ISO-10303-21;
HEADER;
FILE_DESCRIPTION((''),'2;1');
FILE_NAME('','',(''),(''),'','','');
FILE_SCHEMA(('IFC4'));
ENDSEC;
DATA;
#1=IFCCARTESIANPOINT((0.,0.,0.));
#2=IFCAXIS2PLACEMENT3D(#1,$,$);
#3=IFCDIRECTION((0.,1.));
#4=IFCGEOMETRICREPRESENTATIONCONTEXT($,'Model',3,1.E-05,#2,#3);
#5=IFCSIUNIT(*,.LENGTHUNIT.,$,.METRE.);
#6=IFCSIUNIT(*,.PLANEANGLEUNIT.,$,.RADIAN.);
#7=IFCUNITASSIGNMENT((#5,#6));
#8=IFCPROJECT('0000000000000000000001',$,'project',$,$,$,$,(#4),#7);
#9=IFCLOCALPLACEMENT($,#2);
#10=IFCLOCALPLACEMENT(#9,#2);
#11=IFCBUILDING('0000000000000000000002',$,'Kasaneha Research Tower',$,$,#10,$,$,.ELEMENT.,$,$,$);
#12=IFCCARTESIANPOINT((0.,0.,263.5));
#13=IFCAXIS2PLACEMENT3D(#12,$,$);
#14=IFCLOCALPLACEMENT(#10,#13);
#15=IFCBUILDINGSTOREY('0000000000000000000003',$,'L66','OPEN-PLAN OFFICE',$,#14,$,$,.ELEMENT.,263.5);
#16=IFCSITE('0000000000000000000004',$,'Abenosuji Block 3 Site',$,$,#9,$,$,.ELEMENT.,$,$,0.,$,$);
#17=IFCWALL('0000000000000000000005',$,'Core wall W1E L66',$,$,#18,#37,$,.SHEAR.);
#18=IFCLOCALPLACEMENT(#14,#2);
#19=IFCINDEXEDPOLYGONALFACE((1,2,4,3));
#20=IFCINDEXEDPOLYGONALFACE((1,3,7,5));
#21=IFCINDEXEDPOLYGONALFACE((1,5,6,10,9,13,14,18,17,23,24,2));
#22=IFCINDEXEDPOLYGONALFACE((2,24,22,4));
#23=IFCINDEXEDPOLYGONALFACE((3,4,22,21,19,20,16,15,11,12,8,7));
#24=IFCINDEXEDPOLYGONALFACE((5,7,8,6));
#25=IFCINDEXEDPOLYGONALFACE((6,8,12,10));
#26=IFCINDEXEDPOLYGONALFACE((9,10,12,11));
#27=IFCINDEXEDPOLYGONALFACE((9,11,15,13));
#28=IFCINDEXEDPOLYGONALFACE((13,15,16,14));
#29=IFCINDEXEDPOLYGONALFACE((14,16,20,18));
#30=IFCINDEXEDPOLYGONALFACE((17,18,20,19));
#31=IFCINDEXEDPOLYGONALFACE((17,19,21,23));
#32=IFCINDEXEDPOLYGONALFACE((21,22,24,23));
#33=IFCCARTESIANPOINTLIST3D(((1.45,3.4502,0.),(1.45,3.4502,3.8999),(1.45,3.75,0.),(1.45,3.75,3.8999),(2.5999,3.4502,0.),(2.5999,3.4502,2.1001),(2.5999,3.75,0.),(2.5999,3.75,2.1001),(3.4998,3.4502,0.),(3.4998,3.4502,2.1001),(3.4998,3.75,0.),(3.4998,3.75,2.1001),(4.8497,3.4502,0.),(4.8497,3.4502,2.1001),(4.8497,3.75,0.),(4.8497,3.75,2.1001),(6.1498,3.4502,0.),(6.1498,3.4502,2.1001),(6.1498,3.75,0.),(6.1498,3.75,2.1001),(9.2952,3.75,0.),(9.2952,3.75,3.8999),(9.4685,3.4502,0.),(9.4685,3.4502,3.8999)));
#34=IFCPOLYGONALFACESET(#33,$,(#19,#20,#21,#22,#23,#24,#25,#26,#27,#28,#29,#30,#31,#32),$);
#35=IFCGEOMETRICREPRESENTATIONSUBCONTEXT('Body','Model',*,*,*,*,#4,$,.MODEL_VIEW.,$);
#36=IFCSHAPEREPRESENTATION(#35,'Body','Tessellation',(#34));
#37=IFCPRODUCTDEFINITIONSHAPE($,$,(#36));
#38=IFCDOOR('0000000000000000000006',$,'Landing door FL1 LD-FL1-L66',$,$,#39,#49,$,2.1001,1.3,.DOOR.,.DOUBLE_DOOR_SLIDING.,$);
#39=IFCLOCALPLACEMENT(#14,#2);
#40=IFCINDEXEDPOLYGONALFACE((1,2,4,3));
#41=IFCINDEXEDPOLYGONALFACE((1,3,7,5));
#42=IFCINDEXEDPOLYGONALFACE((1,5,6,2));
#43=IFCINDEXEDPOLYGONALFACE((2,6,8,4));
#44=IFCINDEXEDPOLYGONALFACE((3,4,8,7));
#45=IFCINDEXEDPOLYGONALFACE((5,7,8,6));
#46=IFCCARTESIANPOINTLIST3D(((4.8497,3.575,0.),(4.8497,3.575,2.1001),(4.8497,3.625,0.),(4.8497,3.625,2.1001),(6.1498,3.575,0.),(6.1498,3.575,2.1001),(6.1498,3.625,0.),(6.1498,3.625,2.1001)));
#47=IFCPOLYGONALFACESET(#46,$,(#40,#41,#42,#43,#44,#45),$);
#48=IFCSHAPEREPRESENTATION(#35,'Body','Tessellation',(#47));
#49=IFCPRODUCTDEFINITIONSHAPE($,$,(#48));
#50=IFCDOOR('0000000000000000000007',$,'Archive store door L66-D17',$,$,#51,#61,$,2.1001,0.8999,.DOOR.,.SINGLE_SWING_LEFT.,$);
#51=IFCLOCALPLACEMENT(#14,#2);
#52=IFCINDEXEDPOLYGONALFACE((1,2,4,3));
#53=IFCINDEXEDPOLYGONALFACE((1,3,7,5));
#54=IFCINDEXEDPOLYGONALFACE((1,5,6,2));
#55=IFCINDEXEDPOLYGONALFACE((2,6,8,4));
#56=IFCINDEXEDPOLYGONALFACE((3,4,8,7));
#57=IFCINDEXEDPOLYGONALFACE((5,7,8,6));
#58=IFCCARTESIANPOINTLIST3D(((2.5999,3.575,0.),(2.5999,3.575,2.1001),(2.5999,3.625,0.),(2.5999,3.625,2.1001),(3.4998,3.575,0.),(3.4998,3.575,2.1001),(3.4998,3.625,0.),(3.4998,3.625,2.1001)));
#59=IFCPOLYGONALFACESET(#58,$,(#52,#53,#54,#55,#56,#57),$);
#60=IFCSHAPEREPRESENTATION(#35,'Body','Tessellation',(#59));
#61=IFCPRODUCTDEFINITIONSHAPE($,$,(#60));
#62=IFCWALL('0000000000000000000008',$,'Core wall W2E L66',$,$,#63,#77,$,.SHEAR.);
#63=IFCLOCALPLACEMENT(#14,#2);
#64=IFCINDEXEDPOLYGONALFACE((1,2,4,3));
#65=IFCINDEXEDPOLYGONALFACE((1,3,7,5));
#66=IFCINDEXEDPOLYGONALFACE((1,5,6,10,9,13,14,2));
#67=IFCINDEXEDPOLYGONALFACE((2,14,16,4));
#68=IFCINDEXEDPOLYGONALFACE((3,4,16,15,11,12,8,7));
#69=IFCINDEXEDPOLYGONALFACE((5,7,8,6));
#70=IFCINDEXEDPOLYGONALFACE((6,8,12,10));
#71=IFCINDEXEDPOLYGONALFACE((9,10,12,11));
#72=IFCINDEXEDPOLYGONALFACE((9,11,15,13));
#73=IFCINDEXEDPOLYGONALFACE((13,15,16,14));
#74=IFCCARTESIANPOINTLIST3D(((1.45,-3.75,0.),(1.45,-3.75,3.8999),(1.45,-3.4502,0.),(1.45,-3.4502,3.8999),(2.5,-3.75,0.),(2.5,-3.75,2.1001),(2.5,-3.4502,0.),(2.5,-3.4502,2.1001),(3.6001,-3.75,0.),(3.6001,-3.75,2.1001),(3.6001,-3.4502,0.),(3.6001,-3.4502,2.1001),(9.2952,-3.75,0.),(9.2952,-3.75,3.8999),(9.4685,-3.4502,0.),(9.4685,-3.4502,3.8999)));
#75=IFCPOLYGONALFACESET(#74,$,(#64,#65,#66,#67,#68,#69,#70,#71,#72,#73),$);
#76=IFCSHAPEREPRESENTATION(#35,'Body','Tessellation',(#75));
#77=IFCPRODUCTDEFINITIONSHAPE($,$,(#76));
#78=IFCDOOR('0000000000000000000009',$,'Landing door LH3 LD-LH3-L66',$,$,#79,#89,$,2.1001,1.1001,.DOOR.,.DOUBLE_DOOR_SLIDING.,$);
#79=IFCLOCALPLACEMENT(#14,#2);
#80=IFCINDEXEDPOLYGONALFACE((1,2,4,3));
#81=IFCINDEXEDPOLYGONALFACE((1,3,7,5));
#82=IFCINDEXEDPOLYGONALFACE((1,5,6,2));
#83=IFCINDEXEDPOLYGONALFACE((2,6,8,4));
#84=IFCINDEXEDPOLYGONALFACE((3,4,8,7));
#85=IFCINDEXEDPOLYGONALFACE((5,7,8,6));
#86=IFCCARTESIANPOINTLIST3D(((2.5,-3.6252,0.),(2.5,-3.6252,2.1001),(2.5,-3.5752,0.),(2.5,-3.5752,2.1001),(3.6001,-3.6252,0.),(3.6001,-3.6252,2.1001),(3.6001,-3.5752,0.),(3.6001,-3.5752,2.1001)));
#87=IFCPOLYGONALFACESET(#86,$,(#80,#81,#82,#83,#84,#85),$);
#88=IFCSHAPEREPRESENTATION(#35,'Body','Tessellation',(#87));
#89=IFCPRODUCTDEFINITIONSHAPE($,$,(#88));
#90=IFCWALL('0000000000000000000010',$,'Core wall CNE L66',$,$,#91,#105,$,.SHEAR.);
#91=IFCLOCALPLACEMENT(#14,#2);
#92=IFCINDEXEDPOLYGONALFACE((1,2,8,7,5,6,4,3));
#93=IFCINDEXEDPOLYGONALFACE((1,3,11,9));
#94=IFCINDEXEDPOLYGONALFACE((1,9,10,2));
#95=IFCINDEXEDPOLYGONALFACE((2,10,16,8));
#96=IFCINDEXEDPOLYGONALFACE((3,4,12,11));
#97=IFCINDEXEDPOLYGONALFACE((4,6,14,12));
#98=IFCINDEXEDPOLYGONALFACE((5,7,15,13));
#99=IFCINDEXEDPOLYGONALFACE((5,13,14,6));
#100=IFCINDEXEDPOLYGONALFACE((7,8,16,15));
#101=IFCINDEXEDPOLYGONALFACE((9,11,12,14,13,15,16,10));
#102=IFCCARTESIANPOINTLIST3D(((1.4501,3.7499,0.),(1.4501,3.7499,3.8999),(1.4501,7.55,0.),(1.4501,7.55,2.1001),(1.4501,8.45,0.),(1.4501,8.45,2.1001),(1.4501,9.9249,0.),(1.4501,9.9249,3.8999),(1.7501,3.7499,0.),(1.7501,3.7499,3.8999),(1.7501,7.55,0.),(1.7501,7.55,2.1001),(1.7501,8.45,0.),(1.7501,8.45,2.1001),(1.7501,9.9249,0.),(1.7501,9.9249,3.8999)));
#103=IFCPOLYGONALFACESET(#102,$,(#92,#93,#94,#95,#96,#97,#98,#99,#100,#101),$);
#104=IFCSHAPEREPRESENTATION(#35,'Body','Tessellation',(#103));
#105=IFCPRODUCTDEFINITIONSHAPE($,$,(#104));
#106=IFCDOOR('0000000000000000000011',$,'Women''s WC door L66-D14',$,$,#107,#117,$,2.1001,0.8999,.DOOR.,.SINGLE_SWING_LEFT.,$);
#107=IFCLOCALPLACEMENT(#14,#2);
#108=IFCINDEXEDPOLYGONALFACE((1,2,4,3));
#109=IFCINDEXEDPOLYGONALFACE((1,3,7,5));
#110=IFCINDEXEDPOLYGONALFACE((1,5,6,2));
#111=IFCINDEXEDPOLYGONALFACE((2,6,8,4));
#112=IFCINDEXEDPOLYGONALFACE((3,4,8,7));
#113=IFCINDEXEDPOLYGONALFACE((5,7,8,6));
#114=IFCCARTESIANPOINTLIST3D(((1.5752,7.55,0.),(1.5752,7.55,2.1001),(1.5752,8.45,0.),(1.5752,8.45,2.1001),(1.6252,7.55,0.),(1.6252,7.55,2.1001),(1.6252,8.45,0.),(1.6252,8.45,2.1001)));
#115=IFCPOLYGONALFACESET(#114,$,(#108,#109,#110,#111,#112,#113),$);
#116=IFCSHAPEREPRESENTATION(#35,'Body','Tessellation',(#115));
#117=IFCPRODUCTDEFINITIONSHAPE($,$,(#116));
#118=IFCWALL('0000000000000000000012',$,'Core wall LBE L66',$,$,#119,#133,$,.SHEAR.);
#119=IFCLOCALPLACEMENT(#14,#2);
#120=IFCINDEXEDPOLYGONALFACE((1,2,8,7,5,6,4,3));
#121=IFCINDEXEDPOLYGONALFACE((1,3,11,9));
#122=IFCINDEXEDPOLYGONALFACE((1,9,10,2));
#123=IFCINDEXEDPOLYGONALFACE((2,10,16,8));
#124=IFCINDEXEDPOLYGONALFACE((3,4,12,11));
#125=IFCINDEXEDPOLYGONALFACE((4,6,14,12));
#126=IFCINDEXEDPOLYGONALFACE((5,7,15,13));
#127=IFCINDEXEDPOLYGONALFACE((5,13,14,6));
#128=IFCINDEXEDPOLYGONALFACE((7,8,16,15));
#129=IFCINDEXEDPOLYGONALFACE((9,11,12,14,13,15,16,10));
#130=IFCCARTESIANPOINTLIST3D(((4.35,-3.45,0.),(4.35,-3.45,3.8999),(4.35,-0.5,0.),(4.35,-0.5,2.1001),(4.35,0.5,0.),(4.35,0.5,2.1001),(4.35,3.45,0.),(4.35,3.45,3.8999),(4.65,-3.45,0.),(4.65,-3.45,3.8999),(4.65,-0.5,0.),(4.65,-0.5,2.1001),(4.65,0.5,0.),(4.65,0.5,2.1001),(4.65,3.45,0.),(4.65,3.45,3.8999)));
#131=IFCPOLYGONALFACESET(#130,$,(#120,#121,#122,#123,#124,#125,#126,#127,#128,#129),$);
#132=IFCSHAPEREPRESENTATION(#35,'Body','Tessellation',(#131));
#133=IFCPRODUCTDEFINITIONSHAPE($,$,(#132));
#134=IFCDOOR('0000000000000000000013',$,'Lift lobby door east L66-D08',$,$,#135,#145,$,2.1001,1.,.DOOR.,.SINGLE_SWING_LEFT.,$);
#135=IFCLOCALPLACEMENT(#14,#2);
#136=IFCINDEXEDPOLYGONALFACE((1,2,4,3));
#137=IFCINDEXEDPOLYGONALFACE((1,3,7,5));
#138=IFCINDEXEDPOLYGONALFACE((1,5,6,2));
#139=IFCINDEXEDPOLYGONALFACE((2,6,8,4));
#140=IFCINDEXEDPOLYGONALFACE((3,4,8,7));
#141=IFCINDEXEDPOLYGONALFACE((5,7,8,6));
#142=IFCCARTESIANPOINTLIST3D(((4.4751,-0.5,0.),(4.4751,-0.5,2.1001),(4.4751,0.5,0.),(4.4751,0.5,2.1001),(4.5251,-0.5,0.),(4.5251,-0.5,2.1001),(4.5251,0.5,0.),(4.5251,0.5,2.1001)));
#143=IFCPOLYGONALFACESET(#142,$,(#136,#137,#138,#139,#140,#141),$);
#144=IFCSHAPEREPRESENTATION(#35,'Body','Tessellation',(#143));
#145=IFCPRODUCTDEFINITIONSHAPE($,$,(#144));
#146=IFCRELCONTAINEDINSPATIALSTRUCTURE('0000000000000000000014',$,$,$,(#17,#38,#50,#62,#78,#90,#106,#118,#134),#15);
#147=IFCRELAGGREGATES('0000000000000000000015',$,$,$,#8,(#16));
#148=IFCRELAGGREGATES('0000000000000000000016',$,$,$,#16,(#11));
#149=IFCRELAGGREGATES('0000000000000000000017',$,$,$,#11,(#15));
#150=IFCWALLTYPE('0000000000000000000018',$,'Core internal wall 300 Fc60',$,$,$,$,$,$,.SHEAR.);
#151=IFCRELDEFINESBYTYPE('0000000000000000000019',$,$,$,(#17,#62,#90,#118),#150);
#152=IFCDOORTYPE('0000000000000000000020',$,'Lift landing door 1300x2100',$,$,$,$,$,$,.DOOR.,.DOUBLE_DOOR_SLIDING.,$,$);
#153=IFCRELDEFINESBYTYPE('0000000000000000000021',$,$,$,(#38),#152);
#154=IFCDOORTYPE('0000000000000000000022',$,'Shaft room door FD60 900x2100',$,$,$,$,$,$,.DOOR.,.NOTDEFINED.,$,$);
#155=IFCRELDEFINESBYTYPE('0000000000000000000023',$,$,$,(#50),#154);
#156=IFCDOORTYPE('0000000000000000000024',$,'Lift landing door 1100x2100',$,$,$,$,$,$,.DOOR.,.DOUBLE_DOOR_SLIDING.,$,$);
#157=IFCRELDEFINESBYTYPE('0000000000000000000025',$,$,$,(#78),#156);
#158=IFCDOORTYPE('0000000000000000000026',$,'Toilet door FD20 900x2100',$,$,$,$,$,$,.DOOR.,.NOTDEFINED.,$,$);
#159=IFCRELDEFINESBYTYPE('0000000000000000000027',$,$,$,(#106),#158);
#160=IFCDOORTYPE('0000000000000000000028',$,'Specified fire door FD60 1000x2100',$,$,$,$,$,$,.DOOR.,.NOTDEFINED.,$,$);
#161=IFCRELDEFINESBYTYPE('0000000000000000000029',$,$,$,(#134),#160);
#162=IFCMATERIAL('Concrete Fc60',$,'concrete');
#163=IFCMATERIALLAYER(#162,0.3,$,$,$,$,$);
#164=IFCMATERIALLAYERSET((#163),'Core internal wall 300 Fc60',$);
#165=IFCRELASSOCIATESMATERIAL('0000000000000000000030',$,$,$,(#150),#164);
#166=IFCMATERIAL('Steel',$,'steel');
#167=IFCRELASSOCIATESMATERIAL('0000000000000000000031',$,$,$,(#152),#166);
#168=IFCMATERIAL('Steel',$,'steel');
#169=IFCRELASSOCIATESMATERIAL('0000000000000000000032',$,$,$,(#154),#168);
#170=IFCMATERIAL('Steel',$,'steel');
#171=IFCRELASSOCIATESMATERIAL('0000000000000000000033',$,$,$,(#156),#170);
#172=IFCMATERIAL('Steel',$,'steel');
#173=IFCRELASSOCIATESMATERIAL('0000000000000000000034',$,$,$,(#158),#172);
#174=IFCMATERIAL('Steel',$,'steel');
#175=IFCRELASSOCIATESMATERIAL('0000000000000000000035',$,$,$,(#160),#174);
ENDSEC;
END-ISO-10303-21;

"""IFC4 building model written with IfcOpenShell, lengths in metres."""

from ifc_helpers import new_model, si_unit, direction, frame, frame_2d, origin, place, context, subcontext, project, spatial, polyline, rectangle, outline, extrude, material, layer, layer_set, type_object, element, fill, save


model = new_model("IFC4")

# Units and contexts
model_context = context("Model", 3, precision=1e-05, world=origin(), true_north=direction((0.0, 1.0)))
body_context = subcontext(model_context, "Body", "Model", "MODEL_VIEW")
ifc_project = project(units=[si_unit("LENGTHUNIT", "METRE"), si_unit("PLANEANGLEUNIT", "RADIAN")], contexts=[model_context])

# Site, building, storey
site_placement = place(None, origin())
site = spatial("IfcSite", under=ifc_project, at=site_placement, Name="Abenosuji Block 3 Site", CompositionType="ELEMENT", RefElevation=0.0)
building_placement = place(site_placement, origin())
building = spatial("IfcBuilding", under=site, at=building_placement, Name="Kasaneha Research Tower", CompositionType="ELEMENT")
storey_placement = place(building_placement, frame((0.0, 0.0, 263.5)))
storey = spatial("IfcBuildingStorey", under=building, at=storey_placement, Name="L66", Description="OPEN-PLAN OFFICE", CompositionType="ELEMENT", Elevation=263.5)

# Wall, openings, doors
ifc_material_1 = material(Name="Concrete Fc60", Category="concrete")
ifc_layer_1 = layer(ifc_material_1, 0.3)
ifc_layer_set_1 = layer_set([ifc_layer_1], Name="Core internal wall 300 Fc60")
wall_type_1 = type_object("IfcWallType", Name="Core internal wall 300 Fc60", PredefinedType="SHEAR", material=ifc_layer_set_1)
wall_1_placement = place(storey_placement, frame((1.45, 3.6001, 0.0), z_axis=(0.0, 0.0, 1.0), x_axis=(1.0, 0.0, 0.0)))
wall_1 = element("IfcWall", 1, at=wall_1_placement, inside=storey, type_object=wall_type_1, Name="Core wall W1E L66", PredefinedType="SHEAR", context=body_context, shape_type="SweptSolid", body=[
    extrude(outline(polyline([(0.0, -0.1499), (1.1499, -0.1499), (2.0498, -0.1499), (3.3999, -0.1499), (4.7, -0.1499), (8.0186, -0.1499), (7.8452, 0.1499), (4.7, 0.1499), (3.3999, 0.1499), (2.0498, 0.1499), (1.1499, 0.1499), (0.0, 0.1499), (0.0, -0.1499)])), origin(), (0.0, 0.0, 1.0), 3.8999),
])
opening_1_placement = place(wall_1_placement, frame((1.1499, 0.0, 0.0)))
opening_1 = element("IfcOpeningElement", 2, at=opening_1_placement, cuts=wall_1, PredefinedType="OPENING", context=body_context, shape_type="SweptSolid", body=[
    extrude(rectangle(XDim=0.8999, YDim=2.1001, at=frame_2d((0.45, 1.05))), frame((0.0, 0.1602, 0.0), z_axis=(0.0, -1.0, 0.0), x_axis=(1.0, 0.0, 0.0)), (0.0, 0.0, 1.0), 0.3201),
])
opening_2_placement = place(wall_1_placement, frame((3.3999, 0.0, 0.0)))
opening_2 = element("IfcOpeningElement", 3, at=opening_2_placement, cuts=wall_1, PredefinedType="OPENING", context=body_context, shape_type="SweptSolid", body=[
    extrude(rectangle(XDim=1.3, YDim=2.1001, at=frame_2d((0.6499, 1.05))), frame((0.0, 0.1602, 0.0), z_axis=(0.0, -1.0, 0.0), x_axis=(1.0, 0.0, 0.0)), (0.0, 0.0, 1.0), 0.3201),
])
ifc_material_2 = material(Name="Steel", Category="steel")
door_type_1 = type_object("IfcDoorType", Name="Lift landing door 1300x2100", OperationType="DOUBLE_DOOR_SLIDING", PredefinedType="DOOR", material=ifc_material_2)
door_1_placement = place(opening_2_placement, origin())
door_1 = element("IfcDoor", 4, at=door_1_placement, inside=storey, type_object=door_type_1, Name="Landing door FL1 LD-FL1-L66", OperationType="DOUBLE_DOOR_SLIDING", OverallHeight=2.1001, OverallWidth=1.3, PredefinedType="DOOR", context=body_context, shape_type="SweptSolid", body=[
    extrude(rectangle(XDim=1.3, YDim=2.1001, at=frame_2d((0.6499, 1.05))), frame((0.0, 0.0249, 0.0), z_axis=(0.0, -1.0, 0.0), x_axis=(1.0, 0.0, 0.0)), (0.0, 0.0, 1.0), 0.05),
])
fill(opening_2, door_1)
ifc_material_3 = material(Name="Steel", Category="steel")
door_type_2 = type_object("IfcDoorType", Name="Shaft room door FD60 900x2100", OperationType="NOTDEFINED", PredefinedType="DOOR", material=ifc_material_3)
door_2_placement = place(opening_1_placement, origin())
door_2 = element("IfcDoor", 5, at=door_2_placement, inside=storey, type_object=door_type_2, Name="Archive store door L66-D17", OperationType="SINGLE_SWING_LEFT", OverallHeight=2.1001, OverallWidth=0.8999, PredefinedType="DOOR", context=body_context, shape_type="SweptSolid", body=[
    extrude(rectangle(XDim=0.8999, YDim=2.1001, at=frame_2d((0.45, 1.05))), frame((0.0, 0.0249, 0.0), z_axis=(0.0, -1.0, 0.0), x_axis=(1.0, 0.0, 0.0)), (0.0, 0.0, 1.0), 0.05),
])
fill(opening_1, door_2)

# Walls, openings, doors
wall_2_placement = place(storey_placement, frame((1.45, -3.6001, 0.0), z_axis=(0.0, 0.0, 1.0), x_axis=(1.0, 0.0, 0.0)))
wall_2 = element("IfcWall", 6, at=wall_2_placement, inside=storey, type_object=wall_type_1, Name="Core wall W2E L66", PredefinedType="SHEAR", context=body_context, shape_type="SweptSolid", body=[
    extrude(outline(polyline([(0.0, -0.1499), (1.05, -0.1499), (2.1501, -0.1499), (7.8452, -0.1499), (8.0186, 0.1499), (2.1501, 0.1499), (1.05, 0.1499), (0.0, 0.1499), (0.0, -0.1499)])), origin(), (0.0, 0.0, 1.0), 3.8999),
])
opening_3_placement = place(wall_2_placement, frame((1.05, 0.0, 0.0)))
opening_3 = element("IfcOpeningElement", 7, at=opening_3_placement, cuts=wall_2, PredefinedType="OPENING", context=body_context, shape_type="SweptSolid", body=[
    extrude(rectangle(XDim=1.1001, YDim=2.1001, at=frame_2d((0.55, 1.05))), frame((0.0, 0.1602, 0.0), z_axis=(0.0, -1.0, 0.0), x_axis=(1.0, 0.0, 0.0)), (0.0, 0.0, 1.0), 0.3201),
])
ifc_material_4 = material(Name="Steel", Category="steel")
door_type_3 = type_object("IfcDoorType", Name="Lift landing door 1100x2100", OperationType="DOUBLE_DOOR_SLIDING", PredefinedType="DOOR", material=ifc_material_4)
door_3_placement = place(opening_3_placement, origin())
door_3 = element("IfcDoor", 8, at=door_3_placement, inside=storey, type_object=door_type_3, Name="Landing door LH3 LD-LH3-L66", OperationType="DOUBLE_DOOR_SLIDING", OverallHeight=2.1001, OverallWidth=1.1001, PredefinedType="DOOR", context=body_context, shape_type="SweptSolid", body=[
    extrude(rectangle(XDim=1.1001, YDim=2.1001, at=frame_2d((0.55, 1.05))), frame((0.0, 0.0249, 0.0), z_axis=(0.0, -1.0, 0.0), x_axis=(1.0, 0.0, 0.0)), (0.0, 0.0, 1.0), 0.05),
])
fill(opening_3, door_3)
wall_3_placement = place(storey_placement, frame((1.6001, 3.75, 0.0), z_axis=(0.0, 0.0, 1.0), x_axis=(0.0, 1.0, 0.0)))
wall_3 = element("IfcWall", 9, at=wall_3_placement, inside=storey, type_object=wall_type_1, Name="Core wall CNE L66", PredefinedType="SHEAR", context=body_context, shape_type="SweptSolid", body=[
    extrude(rectangle(XDim=6.175, YDim=0.3, at=frame_2d((3.0874, 0.0))), origin(), (0.0, 0.0, 1.0), 3.8999),
])
opening_4_placement = place(wall_3_placement, frame((3.8, 0.0, 0.0)))
opening_4 = element("IfcOpeningElement", 10, at=opening_4_placement, cuts=wall_3, PredefinedType="OPENING", context=body_context, shape_type="SweptSolid", body=[
    extrude(rectangle(XDim=0.8999, YDim=2.1001, at=frame_2d((0.45, 1.05))), frame((0.0, 0.1602, 0.0), z_axis=(0.0, -1.0, 0.0), x_axis=(1.0, 0.0, 0.0)), (0.0, 0.0, 1.0), 0.3201),
])
ifc_material_5 = material(Name="Steel", Category="steel")
door_type_4 = type_object("IfcDoorType", Name="Toilet door FD20 900x2100", OperationType="NOTDEFINED", PredefinedType="DOOR", material=ifc_material_5)
door_4_placement = place(opening_4_placement, origin())
door_4 = element("IfcDoor", 11, at=door_4_placement, inside=storey, type_object=door_type_4, Name="Women's WC door L66-D14", OperationType="SINGLE_SWING_LEFT", OverallHeight=2.1001, OverallWidth=0.8999, PredefinedType="DOOR", context=body_context, shape_type="SweptSolid", body=[
    extrude(rectangle(XDim=0.8999, YDim=2.1001, at=frame_2d((0.45, 1.05))), frame((0.0, 0.0249, 0.0), z_axis=(0.0, -1.0, 0.0), x_axis=(1.0, 0.0, 0.0)), (0.0, 0.0, 1.0), 0.05),
])
fill(opening_4, door_4)
wall_4_placement = place(storey_placement, frame((4.5, -3.45, 0.0), z_axis=(0.0, 0.0, 1.0), x_axis=(0.0, 1.0, 0.0)))
wall_4 = element("IfcWall", 12, at=wall_4_placement, inside=storey, type_object=wall_type_1, Name="Core wall LBE L66", PredefinedType="SHEAR", context=body_context, shape_type="SweptSolid", body=[
    extrude(rectangle(XDim=6.8999, YDim=0.3, at=frame_2d((3.45, 0.0))), origin(), (0.0, 0.0, 1.0), 3.8999),
])
opening_5_placement = place(wall_4_placement, frame((2.95, 0.0, 0.0)))
opening_5 = element("IfcOpeningElement", 13, at=opening_5_placement, cuts=wall_4, PredefinedType="OPENING", context=body_context, shape_type="SweptSolid", body=[
    extrude(rectangle(XDim=1.0, YDim=2.1001, at=frame_2d((0.5, 1.05))), frame((0.0, 0.1602, 0.0), z_axis=(0.0, -1.0, 0.0), x_axis=(1.0, 0.0, 0.0)), (0.0, 0.0, 1.0), 0.3201),
])
ifc_material_6 = material(Name="Steel", Category="steel")
door_type_5 = type_object("IfcDoorType", Name="Specified fire door FD60 1000x2100", OperationType="NOTDEFINED", PredefinedType="DOOR", material=ifc_material_6)
door_5_placement = place(opening_5_placement, origin())
door_5 = element("IfcDoor", 14, at=door_5_placement, inside=storey, type_object=door_type_5, Name="Lift lobby door east L66-D08", OperationType="SINGLE_SWING_LEFT", OverallHeight=2.1001, OverallWidth=1.0, PredefinedType="DOOR", context=body_context, shape_type="SweptSolid", body=[
    extrude(rectangle(XDim=1.0, YDim=2.1001, at=frame_2d((0.5, 1.05))), frame((0.0, 0.0249, 0.0), z_axis=(0.0, -1.0, 0.0), x_axis=(1.0, 0.0, 0.0)), (0.0, 0.0, 1.0), 0.05),
])
fill(opening_5, door_5)

save(model, "model.ifc")
